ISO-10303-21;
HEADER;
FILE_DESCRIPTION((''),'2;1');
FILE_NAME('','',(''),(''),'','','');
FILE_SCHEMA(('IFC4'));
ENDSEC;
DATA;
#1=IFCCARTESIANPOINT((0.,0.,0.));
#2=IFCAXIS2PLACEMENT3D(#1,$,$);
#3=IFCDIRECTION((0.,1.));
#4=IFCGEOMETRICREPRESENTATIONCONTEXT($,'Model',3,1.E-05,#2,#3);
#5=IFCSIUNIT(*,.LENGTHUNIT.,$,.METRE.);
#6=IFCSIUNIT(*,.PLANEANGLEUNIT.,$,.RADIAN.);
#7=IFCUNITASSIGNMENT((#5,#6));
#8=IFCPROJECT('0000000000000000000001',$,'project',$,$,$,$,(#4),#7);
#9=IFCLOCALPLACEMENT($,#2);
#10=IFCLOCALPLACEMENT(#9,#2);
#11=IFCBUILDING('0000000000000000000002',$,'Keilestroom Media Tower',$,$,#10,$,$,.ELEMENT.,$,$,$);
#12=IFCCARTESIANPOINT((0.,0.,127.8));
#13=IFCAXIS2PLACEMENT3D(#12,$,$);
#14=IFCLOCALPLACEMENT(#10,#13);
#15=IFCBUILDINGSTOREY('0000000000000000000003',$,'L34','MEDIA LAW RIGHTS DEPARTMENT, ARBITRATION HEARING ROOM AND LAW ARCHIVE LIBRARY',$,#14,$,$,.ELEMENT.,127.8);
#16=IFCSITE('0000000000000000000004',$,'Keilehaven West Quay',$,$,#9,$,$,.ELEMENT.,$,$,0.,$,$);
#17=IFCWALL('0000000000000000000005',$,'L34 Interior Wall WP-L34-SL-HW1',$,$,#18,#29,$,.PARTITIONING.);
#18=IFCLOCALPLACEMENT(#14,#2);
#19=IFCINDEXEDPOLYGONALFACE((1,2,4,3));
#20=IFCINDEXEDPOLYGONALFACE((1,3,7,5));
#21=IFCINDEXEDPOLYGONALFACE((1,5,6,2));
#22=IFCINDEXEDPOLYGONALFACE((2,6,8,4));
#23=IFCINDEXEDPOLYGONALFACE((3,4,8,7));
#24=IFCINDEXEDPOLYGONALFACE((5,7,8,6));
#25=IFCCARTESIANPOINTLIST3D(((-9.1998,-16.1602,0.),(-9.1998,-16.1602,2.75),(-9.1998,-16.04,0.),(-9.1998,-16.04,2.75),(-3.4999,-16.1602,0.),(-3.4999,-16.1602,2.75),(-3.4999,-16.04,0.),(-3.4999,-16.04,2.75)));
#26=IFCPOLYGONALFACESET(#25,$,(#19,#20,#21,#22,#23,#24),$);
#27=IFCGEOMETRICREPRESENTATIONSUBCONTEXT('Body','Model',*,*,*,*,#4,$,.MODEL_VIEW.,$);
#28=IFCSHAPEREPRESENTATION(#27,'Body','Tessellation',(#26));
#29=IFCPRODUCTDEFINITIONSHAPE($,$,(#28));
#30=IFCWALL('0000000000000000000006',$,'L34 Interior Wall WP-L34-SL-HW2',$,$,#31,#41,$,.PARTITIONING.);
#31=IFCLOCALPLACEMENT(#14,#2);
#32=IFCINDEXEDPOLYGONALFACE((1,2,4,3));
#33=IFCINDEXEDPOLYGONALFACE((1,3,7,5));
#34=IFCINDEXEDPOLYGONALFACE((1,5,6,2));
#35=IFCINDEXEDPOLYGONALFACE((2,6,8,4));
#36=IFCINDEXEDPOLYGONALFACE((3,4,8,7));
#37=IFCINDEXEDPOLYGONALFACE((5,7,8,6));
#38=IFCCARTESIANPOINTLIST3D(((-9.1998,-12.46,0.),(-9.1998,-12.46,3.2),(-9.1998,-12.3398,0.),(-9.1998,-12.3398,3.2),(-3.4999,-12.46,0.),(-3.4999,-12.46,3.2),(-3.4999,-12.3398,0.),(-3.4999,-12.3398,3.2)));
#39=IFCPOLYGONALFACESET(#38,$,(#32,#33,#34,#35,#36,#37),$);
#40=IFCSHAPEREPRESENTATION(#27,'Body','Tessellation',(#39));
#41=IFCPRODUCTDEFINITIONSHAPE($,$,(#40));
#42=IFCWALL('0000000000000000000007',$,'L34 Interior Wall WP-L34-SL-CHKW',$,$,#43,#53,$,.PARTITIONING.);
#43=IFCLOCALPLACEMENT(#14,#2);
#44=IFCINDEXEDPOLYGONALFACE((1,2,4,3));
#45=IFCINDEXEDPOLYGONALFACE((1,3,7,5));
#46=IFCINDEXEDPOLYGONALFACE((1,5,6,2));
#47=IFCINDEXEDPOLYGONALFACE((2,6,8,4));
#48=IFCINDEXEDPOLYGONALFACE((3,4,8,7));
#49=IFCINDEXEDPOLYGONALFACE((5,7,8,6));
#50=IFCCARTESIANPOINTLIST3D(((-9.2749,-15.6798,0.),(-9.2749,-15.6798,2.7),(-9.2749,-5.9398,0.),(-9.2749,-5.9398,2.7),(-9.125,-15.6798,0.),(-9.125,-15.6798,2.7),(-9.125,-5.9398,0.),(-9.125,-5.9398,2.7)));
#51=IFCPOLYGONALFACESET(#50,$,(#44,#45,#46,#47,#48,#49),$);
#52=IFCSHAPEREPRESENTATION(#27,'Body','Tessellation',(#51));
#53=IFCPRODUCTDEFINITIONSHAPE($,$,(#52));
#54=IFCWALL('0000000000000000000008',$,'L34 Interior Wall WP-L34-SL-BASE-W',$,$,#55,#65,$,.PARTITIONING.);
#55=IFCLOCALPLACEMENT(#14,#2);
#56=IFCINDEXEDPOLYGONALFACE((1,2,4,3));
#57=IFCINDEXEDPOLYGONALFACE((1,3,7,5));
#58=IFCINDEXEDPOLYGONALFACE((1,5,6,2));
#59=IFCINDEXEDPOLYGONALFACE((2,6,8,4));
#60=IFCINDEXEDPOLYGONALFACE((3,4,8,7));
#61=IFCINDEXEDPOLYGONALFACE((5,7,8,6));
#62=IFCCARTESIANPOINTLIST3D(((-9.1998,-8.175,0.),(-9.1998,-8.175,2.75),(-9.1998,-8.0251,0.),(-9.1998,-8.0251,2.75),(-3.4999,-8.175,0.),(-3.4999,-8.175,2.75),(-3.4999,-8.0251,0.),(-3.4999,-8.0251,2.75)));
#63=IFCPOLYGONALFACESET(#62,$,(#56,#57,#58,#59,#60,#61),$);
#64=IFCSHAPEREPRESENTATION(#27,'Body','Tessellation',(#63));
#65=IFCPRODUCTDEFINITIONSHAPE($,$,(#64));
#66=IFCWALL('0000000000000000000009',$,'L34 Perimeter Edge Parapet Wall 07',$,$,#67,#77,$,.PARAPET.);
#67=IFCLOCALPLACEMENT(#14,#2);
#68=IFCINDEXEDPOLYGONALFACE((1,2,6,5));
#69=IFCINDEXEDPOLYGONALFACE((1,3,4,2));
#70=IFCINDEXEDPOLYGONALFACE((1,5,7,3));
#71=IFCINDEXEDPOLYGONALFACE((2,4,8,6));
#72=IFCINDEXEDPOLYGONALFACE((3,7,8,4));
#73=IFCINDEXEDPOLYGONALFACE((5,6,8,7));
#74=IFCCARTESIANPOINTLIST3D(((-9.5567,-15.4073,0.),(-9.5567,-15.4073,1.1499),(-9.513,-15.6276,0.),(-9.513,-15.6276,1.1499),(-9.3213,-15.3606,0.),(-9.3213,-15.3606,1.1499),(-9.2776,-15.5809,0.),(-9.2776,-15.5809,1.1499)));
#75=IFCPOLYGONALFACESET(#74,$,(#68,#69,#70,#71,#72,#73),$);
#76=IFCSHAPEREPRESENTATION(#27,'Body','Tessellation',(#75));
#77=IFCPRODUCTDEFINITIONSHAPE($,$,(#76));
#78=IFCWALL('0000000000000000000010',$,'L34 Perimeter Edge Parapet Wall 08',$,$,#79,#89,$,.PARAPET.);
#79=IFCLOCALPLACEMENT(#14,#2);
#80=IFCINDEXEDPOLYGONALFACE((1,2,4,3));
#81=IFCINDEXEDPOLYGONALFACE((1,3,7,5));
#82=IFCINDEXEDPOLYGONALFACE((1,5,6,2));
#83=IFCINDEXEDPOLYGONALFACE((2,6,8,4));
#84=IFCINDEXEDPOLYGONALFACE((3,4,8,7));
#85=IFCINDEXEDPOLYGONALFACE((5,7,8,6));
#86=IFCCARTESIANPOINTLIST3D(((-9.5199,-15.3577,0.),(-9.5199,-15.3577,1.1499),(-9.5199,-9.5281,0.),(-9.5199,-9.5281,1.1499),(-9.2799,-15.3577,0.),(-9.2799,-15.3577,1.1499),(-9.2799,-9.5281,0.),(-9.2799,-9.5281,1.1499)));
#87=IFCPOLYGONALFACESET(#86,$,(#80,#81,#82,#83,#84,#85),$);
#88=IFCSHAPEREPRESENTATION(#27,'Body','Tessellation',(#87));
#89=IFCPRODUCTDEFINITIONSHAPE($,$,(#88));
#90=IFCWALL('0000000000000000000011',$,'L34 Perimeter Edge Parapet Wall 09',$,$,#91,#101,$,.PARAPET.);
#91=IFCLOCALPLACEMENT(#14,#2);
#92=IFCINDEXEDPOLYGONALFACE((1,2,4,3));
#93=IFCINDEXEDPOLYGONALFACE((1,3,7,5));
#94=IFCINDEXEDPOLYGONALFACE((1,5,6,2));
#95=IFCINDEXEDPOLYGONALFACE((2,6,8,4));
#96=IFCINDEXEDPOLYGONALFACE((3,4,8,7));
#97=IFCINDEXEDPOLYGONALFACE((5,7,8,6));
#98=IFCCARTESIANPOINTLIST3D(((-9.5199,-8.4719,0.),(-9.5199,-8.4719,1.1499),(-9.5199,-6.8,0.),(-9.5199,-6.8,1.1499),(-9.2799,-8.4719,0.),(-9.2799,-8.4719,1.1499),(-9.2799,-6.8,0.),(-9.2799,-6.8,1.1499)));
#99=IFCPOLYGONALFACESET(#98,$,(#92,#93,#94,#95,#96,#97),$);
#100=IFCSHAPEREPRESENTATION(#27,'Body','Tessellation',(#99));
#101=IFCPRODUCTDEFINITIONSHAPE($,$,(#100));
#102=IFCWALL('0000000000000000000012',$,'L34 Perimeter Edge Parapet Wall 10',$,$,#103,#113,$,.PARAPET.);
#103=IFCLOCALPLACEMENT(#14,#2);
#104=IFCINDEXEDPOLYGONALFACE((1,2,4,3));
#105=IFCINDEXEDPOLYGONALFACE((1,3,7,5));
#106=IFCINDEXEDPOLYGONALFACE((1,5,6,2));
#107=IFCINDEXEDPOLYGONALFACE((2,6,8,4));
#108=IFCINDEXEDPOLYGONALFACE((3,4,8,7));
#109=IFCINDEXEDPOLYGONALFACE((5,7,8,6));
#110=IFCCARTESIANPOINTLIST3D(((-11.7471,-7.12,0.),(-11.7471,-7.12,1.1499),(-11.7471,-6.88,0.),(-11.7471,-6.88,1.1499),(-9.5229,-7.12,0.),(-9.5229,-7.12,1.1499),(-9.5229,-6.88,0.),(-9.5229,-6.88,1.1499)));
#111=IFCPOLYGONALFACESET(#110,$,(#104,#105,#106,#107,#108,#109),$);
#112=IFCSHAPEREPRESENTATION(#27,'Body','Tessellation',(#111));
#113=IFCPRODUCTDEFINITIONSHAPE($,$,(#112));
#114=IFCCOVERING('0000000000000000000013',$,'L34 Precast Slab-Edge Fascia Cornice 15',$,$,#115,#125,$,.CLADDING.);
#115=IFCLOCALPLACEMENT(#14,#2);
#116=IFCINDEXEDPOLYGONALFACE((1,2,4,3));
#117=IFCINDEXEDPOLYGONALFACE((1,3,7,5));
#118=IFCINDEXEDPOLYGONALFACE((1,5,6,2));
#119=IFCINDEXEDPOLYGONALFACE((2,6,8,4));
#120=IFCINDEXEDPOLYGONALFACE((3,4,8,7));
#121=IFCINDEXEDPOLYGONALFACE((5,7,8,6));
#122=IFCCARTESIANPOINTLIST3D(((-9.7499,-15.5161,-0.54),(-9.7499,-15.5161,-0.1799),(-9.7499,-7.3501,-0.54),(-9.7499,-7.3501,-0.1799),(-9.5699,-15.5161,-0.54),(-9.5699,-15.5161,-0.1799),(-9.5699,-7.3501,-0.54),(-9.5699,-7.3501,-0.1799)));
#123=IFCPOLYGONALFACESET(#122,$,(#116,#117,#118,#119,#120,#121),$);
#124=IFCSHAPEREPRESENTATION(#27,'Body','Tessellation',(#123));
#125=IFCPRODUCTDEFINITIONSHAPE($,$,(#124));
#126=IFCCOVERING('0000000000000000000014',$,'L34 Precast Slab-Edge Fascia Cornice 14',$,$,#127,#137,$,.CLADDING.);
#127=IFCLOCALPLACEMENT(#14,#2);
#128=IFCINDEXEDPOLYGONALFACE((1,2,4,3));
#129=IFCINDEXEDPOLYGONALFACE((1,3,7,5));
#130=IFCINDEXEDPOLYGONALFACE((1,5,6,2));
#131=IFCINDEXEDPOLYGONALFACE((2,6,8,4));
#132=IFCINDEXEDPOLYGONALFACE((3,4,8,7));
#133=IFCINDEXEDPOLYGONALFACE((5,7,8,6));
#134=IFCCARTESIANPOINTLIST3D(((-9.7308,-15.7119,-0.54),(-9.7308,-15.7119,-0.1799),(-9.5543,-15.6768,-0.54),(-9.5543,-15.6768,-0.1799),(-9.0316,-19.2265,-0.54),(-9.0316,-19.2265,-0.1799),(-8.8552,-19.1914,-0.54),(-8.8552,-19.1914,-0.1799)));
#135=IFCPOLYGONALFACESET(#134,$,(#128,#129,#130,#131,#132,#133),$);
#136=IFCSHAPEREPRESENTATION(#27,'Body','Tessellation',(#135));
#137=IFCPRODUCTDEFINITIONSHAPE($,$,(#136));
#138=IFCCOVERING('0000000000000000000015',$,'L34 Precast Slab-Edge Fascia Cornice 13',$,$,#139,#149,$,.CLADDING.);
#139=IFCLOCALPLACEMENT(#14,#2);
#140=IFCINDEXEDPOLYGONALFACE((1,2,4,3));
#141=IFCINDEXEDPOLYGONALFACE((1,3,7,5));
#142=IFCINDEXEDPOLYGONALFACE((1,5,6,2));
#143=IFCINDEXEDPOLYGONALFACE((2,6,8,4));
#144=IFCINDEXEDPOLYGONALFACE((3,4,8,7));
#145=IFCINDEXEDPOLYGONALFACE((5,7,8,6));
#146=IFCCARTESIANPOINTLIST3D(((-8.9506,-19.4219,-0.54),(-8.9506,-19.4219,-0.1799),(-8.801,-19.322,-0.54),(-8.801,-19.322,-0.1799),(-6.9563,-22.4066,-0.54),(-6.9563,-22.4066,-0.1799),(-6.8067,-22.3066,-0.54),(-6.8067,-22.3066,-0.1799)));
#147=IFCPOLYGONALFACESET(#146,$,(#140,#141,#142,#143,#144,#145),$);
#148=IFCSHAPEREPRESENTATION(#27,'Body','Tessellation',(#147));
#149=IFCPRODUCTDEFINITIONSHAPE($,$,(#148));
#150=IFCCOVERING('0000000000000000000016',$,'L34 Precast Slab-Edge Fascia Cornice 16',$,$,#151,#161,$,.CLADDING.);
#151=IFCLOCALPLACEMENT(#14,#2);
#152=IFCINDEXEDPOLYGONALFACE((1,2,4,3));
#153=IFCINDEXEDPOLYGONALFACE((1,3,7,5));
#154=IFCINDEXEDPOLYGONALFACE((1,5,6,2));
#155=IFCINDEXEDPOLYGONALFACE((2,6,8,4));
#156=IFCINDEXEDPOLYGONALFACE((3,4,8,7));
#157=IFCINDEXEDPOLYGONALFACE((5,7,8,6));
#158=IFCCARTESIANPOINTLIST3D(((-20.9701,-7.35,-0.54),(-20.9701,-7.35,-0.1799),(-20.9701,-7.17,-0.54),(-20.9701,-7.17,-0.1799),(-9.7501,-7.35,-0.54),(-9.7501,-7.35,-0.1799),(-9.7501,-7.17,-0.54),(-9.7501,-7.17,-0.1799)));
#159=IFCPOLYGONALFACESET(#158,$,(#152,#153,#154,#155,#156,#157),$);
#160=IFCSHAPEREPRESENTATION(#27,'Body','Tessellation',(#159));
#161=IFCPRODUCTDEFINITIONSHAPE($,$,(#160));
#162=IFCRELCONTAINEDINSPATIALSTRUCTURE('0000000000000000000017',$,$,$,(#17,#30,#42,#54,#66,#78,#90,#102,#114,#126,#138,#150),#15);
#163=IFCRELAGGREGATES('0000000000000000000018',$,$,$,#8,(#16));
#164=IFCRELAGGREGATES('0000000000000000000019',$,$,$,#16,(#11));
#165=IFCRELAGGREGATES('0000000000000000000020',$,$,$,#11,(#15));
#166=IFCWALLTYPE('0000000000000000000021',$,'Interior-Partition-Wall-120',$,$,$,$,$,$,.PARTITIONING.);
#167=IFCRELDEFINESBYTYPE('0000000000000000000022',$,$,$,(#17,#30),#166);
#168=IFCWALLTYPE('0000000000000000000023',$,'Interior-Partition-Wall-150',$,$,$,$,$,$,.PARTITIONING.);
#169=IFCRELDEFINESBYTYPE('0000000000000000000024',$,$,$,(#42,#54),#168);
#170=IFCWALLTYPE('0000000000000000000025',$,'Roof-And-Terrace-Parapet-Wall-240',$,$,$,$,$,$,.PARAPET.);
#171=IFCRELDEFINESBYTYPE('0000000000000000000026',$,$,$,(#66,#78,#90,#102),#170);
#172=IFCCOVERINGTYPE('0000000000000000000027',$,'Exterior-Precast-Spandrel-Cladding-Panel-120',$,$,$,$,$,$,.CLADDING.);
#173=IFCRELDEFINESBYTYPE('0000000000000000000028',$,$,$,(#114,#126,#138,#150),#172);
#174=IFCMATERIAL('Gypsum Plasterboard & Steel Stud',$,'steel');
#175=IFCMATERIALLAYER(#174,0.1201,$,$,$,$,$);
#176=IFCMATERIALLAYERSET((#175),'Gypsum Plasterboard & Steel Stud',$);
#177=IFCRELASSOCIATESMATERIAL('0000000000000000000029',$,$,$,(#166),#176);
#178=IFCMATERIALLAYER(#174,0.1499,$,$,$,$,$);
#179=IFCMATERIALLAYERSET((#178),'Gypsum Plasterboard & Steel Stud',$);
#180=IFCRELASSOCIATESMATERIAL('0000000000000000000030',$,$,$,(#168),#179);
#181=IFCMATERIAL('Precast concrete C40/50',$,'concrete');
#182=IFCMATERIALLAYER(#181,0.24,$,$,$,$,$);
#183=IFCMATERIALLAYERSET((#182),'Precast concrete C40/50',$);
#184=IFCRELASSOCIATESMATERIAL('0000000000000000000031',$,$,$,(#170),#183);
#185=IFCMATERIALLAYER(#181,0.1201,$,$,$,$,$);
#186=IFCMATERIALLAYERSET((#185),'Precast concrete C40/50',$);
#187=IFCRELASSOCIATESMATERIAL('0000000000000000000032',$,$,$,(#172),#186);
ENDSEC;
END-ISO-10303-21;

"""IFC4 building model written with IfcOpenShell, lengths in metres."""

from ifc_helpers import new_model, si_unit, direction, frame, frame_2d, origin, origin_2d, place, context, subcontext, project, spatial, rectangle, extrude, source, transform, mapped, material, layer, layer_set, type_object, element, save


model = new_model("IFC4")

# Units and contexts
model_context = context("Model", 3, precision=1e-05, world=origin(), true_north=direction((0.0, 1.0)))
body_context = subcontext(model_context, "Body", "Model", "MODEL_VIEW")
ifc_project = project(units=[si_unit("LENGTHUNIT", "METRE"), si_unit("PLANEANGLEUNIT", "RADIAN")], contexts=[model_context])

# Site, building, storey
site_placement = place(None, origin())
site = spatial("IfcSite", under=ifc_project, at=site_placement, Name="Keilehaven West Quay", CompositionType="ELEMENT", RefElevation=0.0)
building_placement = place(site_placement, origin())
building = spatial("IfcBuilding", under=site, at=building_placement, Name="Keilestroom Media Tower", CompositionType="ELEMENT")
storey_placement = place(building_placement, frame((0.0, 0.0, 127.8)))
storey = spatial("IfcBuildingStorey", under=building, at=storey_placement, Name="L34", Description="MEDIA LAW RIGHTS DEPARTMENT, ARBITRATION HEARING ROOM AND LAW ARCHIVE LIBRARY", CompositionType="ELEMENT", Elevation=127.8)

# Shared definitions
ifc_material_1 = material(Name="Precast concrete C40/50", Category="concrete")

# Shared definitions
ifc_material_2 = material(Name="Gypsum Plasterboard & Steel Stud", Category="steel")
ifc_layer_1 = layer(ifc_material_2, 0.1201)
ifc_layer_set_1 = layer_set([ifc_layer_1], Name="Gypsum Plasterboard & Steel Stud")
wall_type_1 = type_object("IfcWallType", Name="Interior-Partition-Wall-120", PredefinedType="PARTITIONING", material=ifc_layer_set_1)

# Walls
wall_1_placement = place(storey_placement, frame((-9.2, -16.1001, 0.0), z_axis=(0.0, 0.0, 1.0), x_axis=(1.0, 0.0, 0.0)))
element("IfcWall", 1, at=wall_1_placement, inside=storey, type_object=wall_type_1, Name="L34 Interior Wall WP-L34-SL-HW1", PredefinedType="PARTITIONING", context=body_context, shape_type="SweptSolid", body=[
    extrude(rectangle(XDim=5.7, YDim=0.1201, at=frame_2d((2.8501, 0.0))), origin(), (0.0, 0.0, 1.0), 2.75),
])
wall_2_placement = place(storey_placement, frame((-9.2, -12.3999, 0.0), z_axis=(0.0, 0.0, 1.0), x_axis=(1.0, 0.0, 0.0)))
element("IfcWall", 2, at=wall_2_placement, inside=storey, type_object=wall_type_1, Name="L34 Interior Wall WP-L34-SL-HW2", PredefinedType="PARTITIONING", context=body_context, shape_type="SweptSolid", body=[
    extrude(rectangle(XDim=5.7, YDim=0.1201, at=frame_2d((2.8501, 0.0))), origin(), (0.0, 0.0, 1.0), 3.2),
])
ifc_layer_2 = layer(ifc_material_2, 0.1499)
ifc_layer_set_2 = layer_set([ifc_layer_2], Name="Gypsum Plasterboard & Steel Stud")
wall_type_2 = type_object("IfcWallType", Name="Interior-Partition-Wall-150", PredefinedType="PARTITIONING", material=ifc_layer_set_2)
wall_3_placement = place(storey_placement, frame((-9.2, -15.6799, 0.0), z_axis=(0.0, 0.0, 1.0), x_axis=(0.0, 1.0, 0.0)))
element("IfcWall", 3, at=wall_3_placement, inside=storey, type_object=wall_type_2, Name="L34 Interior Wall WP-L34-SL-CHKW", PredefinedType="PARTITIONING", context=body_context, shape_type="SweptSolid", body=[
    extrude(rectangle(XDim=9.74, YDim=0.1499, at=frame_2d((4.8701, 0.0))), origin(), (0.0, 0.0, 1.0), 2.7),
])
wall_4_placement = place(storey_placement, frame((-9.2, -8.1001, 0.0), z_axis=(0.0, 0.0, 1.0), x_axis=(1.0, 0.0, 0.0)))
element("IfcWall", 4, at=wall_4_placement, inside=storey, type_object=wall_type_2, Name="L34 Interior Wall WP-L34-SL-BASE-W", PredefinedType="PARTITIONING", context=body_context, shape_type="SweptSolid", body=[
    extrude(rectangle(XDim=5.7, YDim=0.1499, at=frame_2d((2.8501, 0.0))), origin(), (0.0, 0.0, 1.0), 2.75),
])
ifc_layer_3 = layer(ifc_material_1, 0.24)
ifc_layer_set_3 = layer_set([ifc_layer_3], Name="Precast concrete C40/50")
wall_type_3 = type_object("IfcWallType", Name="Roof-And-Terrace-Parapet-Wall-240", PredefinedType="PARAPET", material=ifc_layer_set_3)
wall_5_placement = place(storey_placement, frame((-9.3953, -15.6042, 0.0), z_axis=(0.0, 0.0, 1.0), x_axis=(-0.194652, 0.980872, 0.0)))
element("IfcWall", 5, at=wall_5_placement, inside=storey, type_object=wall_type_3, Name="L34 Perimeter Edge Parapet Wall 07", PredefinedType="PARAPET", context=body_context, shape_type="SweptSolid", body=[
    extrude(rectangle(XDim=0.2246, YDim=0.24, at=frame_2d((0.1123, 0.0))), origin(), (0.0, 0.0, 1.0), 1.1499),
])
wall_6_placement = place(storey_placement, frame((-9.3999, -15.3577, 0.0), z_axis=(0.0, 0.0, 1.0), x_axis=(0.0, 1.0, 0.0)))
element("IfcWall", 6, at=wall_6_placement, inside=storey, type_object=wall_type_3, Name="L34 Perimeter Edge Parapet Wall 08", PredefinedType="PARAPET", context=body_context, shape_type="SweptSolid", body=[
    extrude(rectangle(XDim=5.8296, YDim=0.24, at=frame_2d((2.9148, 0.0))), origin(), (0.0, 0.0, 1.0), 1.1499),
])
wall_7_placement = place(storey_placement, frame((-9.3999, -8.4719, 0.0), z_axis=(0.0, 0.0, 1.0), x_axis=(0.0, 1.0, 0.0)))
element("IfcWall", 7, at=wall_7_placement, inside=storey, type_object=wall_type_3, Name="L34 Perimeter Edge Parapet Wall 09", PredefinedType="PARAPET", context=body_context, shape_type="SweptSolid", body=[
    extrude(rectangle(XDim=1.6719, YDim=0.24, at=frame_2d((0.8359, 0.0))), origin(), (0.0, 0.0, 1.0), 1.1499),
])
wall_8_placement = place(storey_placement, frame((-9.5229, -7.0, 0.0), z_axis=(0.0, 0.0, 1.0), x_axis=(-1.0, 0.0, 0.0)))
element("IfcWall", 8, at=wall_8_placement, inside=storey, type_object=wall_type_3, Name="L34 Perimeter Edge Parapet Wall 10", PredefinedType="PARAPET", context=body_context, shape_type="SweptSolid", body=[
    extrude(rectangle(XDim=2.2241, YDim=0.24, at=frame_2d((1.1121, 0.0))), origin(), (0.0, 0.0, 1.0), 1.1499),
])

# Coverings
ifc_layer_4 = layer(ifc_material_1, 0.1201)
ifc_layer_set_4 = layer_set([ifc_layer_4], Name="Precast concrete C40/50")
covering_type = type_object("IfcCoveringType", Name="Exterior-Precast-Spandrel-Cladding-Panel-120", PredefinedType="CLADDING", material=ifc_layer_set_4)
shared_shape_1 = source(origin(), body_context, "Body", "SweptSolid", [
    extrude(rectangle(XDim=8.166, YDim=0.1799, at=origin_2d()), origin(), (0.0, 0.0, 1.0), 0.3601),
])
covering_1_placement = place(storey_placement, frame((-9.6599, -11.4331, -0.54), z_axis=(0.0, 0.0, 1.0), x_axis=(0.0, 1.0, 0.0)))
element("IfcCovering", 9, at=covering_1_placement, inside=storey, type_object=covering_type, Name="L34 Precast Slab-Edge Fascia Cornice 15", PredefinedType="CLADDING", context=body_context, shape_type="MappedRepresentation", body=[
    mapped(shared_shape_1, transform((0.0, 0.0, 0.0), x_axis=(1.0, 0.0, 0.0), y_axis=(0.0, 1.0, 0.0), z_axis=(0.0, 0.0, 1.0), scale=1.0)),
])
shared_shape_2 = source(origin(), body_context, "Body", "SweptSolid", [
    extrude(rectangle(XDim=3.5835, YDim=0.1799, at=origin_2d()), origin(), (0.0, 0.0, 1.0), 0.3601),
])
covering_2_placement = place(storey_placement, frame((-9.293, -17.4517, -0.54), z_axis=(0.0, 0.0, 1.0), x_axis=(-0.195099, 0.980784, 0.0)))
element("IfcCovering", 10, at=covering_2_placement, inside=storey, type_object=covering_type, Name="L34 Precast Slab-Edge Fascia Cornice 14", PredefinedType="CLADDING", context=body_context, shape_type="MappedRepresentation", body=[
    mapped(shared_shape_2, transform((0.0, 0.0, 0.0), x_axis=(1.0, 0.0, 0.0), y_axis=(0.0, 1.0, 0.0), z_axis=(0.0, 0.0, 1.0), scale=1.0)),
])
shared_shape_3 = source(origin(), body_context, "Body", "SweptSolid", [
    extrude(rectangle(XDim=3.5896, YDim=0.1799, at=origin_2d()), origin(), (0.0, 0.0, 1.0), 0.3601),
])
covering_3_placement = place(storey_placement, frame((-7.8787, -20.8643, -0.54), z_axis=(0.0, 0.0, 1.0), x_axis=(-0.555575, 0.831467, 0.0)))
element("IfcCovering", 11, at=covering_3_placement, inside=storey, type_object=covering_type, Name="L34 Precast Slab-Edge Fascia Cornice 13", PredefinedType="CLADDING", context=body_context, shape_type="MappedRepresentation", body=[
    mapped(shared_shape_3, transform((0.0, 0.0, 0.0), x_axis=(1.0, 0.0, 0.0), y_axis=(0.0, 1.0, 0.0), z_axis=(0.0, 0.0, 1.0), scale=1.0)),
])
shared_shape_4 = source(origin(), body_context, "Body", "SweptSolid", [
    extrude(rectangle(XDim=11.22, YDim=0.1799, at=origin_2d()), origin(), (0.0, 0.0, 1.0), 0.3601),
])
covering_4_placement = place(storey_placement, frame((-15.3601, -7.26, -0.54), z_axis=(0.0, 0.0, 1.0), x_axis=(-1.0, 0.0, 0.0)))
element("IfcCovering", 12, at=covering_4_placement, inside=storey, type_object=covering_type, Name="L34 Precast Slab-Edge Fascia Cornice 16", PredefinedType="CLADDING", context=body_context, shape_type="MappedRepresentation", body=[
    mapped(shared_shape_4, transform((0.0, 0.0, 0.0), x_axis=(1.0, 0.0, 0.0), y_axis=(0.0, 1.0, 0.0), z_axis=(0.0, 0.0, 1.0), scale=1.0)),
])

save(model, "model.ifc")
